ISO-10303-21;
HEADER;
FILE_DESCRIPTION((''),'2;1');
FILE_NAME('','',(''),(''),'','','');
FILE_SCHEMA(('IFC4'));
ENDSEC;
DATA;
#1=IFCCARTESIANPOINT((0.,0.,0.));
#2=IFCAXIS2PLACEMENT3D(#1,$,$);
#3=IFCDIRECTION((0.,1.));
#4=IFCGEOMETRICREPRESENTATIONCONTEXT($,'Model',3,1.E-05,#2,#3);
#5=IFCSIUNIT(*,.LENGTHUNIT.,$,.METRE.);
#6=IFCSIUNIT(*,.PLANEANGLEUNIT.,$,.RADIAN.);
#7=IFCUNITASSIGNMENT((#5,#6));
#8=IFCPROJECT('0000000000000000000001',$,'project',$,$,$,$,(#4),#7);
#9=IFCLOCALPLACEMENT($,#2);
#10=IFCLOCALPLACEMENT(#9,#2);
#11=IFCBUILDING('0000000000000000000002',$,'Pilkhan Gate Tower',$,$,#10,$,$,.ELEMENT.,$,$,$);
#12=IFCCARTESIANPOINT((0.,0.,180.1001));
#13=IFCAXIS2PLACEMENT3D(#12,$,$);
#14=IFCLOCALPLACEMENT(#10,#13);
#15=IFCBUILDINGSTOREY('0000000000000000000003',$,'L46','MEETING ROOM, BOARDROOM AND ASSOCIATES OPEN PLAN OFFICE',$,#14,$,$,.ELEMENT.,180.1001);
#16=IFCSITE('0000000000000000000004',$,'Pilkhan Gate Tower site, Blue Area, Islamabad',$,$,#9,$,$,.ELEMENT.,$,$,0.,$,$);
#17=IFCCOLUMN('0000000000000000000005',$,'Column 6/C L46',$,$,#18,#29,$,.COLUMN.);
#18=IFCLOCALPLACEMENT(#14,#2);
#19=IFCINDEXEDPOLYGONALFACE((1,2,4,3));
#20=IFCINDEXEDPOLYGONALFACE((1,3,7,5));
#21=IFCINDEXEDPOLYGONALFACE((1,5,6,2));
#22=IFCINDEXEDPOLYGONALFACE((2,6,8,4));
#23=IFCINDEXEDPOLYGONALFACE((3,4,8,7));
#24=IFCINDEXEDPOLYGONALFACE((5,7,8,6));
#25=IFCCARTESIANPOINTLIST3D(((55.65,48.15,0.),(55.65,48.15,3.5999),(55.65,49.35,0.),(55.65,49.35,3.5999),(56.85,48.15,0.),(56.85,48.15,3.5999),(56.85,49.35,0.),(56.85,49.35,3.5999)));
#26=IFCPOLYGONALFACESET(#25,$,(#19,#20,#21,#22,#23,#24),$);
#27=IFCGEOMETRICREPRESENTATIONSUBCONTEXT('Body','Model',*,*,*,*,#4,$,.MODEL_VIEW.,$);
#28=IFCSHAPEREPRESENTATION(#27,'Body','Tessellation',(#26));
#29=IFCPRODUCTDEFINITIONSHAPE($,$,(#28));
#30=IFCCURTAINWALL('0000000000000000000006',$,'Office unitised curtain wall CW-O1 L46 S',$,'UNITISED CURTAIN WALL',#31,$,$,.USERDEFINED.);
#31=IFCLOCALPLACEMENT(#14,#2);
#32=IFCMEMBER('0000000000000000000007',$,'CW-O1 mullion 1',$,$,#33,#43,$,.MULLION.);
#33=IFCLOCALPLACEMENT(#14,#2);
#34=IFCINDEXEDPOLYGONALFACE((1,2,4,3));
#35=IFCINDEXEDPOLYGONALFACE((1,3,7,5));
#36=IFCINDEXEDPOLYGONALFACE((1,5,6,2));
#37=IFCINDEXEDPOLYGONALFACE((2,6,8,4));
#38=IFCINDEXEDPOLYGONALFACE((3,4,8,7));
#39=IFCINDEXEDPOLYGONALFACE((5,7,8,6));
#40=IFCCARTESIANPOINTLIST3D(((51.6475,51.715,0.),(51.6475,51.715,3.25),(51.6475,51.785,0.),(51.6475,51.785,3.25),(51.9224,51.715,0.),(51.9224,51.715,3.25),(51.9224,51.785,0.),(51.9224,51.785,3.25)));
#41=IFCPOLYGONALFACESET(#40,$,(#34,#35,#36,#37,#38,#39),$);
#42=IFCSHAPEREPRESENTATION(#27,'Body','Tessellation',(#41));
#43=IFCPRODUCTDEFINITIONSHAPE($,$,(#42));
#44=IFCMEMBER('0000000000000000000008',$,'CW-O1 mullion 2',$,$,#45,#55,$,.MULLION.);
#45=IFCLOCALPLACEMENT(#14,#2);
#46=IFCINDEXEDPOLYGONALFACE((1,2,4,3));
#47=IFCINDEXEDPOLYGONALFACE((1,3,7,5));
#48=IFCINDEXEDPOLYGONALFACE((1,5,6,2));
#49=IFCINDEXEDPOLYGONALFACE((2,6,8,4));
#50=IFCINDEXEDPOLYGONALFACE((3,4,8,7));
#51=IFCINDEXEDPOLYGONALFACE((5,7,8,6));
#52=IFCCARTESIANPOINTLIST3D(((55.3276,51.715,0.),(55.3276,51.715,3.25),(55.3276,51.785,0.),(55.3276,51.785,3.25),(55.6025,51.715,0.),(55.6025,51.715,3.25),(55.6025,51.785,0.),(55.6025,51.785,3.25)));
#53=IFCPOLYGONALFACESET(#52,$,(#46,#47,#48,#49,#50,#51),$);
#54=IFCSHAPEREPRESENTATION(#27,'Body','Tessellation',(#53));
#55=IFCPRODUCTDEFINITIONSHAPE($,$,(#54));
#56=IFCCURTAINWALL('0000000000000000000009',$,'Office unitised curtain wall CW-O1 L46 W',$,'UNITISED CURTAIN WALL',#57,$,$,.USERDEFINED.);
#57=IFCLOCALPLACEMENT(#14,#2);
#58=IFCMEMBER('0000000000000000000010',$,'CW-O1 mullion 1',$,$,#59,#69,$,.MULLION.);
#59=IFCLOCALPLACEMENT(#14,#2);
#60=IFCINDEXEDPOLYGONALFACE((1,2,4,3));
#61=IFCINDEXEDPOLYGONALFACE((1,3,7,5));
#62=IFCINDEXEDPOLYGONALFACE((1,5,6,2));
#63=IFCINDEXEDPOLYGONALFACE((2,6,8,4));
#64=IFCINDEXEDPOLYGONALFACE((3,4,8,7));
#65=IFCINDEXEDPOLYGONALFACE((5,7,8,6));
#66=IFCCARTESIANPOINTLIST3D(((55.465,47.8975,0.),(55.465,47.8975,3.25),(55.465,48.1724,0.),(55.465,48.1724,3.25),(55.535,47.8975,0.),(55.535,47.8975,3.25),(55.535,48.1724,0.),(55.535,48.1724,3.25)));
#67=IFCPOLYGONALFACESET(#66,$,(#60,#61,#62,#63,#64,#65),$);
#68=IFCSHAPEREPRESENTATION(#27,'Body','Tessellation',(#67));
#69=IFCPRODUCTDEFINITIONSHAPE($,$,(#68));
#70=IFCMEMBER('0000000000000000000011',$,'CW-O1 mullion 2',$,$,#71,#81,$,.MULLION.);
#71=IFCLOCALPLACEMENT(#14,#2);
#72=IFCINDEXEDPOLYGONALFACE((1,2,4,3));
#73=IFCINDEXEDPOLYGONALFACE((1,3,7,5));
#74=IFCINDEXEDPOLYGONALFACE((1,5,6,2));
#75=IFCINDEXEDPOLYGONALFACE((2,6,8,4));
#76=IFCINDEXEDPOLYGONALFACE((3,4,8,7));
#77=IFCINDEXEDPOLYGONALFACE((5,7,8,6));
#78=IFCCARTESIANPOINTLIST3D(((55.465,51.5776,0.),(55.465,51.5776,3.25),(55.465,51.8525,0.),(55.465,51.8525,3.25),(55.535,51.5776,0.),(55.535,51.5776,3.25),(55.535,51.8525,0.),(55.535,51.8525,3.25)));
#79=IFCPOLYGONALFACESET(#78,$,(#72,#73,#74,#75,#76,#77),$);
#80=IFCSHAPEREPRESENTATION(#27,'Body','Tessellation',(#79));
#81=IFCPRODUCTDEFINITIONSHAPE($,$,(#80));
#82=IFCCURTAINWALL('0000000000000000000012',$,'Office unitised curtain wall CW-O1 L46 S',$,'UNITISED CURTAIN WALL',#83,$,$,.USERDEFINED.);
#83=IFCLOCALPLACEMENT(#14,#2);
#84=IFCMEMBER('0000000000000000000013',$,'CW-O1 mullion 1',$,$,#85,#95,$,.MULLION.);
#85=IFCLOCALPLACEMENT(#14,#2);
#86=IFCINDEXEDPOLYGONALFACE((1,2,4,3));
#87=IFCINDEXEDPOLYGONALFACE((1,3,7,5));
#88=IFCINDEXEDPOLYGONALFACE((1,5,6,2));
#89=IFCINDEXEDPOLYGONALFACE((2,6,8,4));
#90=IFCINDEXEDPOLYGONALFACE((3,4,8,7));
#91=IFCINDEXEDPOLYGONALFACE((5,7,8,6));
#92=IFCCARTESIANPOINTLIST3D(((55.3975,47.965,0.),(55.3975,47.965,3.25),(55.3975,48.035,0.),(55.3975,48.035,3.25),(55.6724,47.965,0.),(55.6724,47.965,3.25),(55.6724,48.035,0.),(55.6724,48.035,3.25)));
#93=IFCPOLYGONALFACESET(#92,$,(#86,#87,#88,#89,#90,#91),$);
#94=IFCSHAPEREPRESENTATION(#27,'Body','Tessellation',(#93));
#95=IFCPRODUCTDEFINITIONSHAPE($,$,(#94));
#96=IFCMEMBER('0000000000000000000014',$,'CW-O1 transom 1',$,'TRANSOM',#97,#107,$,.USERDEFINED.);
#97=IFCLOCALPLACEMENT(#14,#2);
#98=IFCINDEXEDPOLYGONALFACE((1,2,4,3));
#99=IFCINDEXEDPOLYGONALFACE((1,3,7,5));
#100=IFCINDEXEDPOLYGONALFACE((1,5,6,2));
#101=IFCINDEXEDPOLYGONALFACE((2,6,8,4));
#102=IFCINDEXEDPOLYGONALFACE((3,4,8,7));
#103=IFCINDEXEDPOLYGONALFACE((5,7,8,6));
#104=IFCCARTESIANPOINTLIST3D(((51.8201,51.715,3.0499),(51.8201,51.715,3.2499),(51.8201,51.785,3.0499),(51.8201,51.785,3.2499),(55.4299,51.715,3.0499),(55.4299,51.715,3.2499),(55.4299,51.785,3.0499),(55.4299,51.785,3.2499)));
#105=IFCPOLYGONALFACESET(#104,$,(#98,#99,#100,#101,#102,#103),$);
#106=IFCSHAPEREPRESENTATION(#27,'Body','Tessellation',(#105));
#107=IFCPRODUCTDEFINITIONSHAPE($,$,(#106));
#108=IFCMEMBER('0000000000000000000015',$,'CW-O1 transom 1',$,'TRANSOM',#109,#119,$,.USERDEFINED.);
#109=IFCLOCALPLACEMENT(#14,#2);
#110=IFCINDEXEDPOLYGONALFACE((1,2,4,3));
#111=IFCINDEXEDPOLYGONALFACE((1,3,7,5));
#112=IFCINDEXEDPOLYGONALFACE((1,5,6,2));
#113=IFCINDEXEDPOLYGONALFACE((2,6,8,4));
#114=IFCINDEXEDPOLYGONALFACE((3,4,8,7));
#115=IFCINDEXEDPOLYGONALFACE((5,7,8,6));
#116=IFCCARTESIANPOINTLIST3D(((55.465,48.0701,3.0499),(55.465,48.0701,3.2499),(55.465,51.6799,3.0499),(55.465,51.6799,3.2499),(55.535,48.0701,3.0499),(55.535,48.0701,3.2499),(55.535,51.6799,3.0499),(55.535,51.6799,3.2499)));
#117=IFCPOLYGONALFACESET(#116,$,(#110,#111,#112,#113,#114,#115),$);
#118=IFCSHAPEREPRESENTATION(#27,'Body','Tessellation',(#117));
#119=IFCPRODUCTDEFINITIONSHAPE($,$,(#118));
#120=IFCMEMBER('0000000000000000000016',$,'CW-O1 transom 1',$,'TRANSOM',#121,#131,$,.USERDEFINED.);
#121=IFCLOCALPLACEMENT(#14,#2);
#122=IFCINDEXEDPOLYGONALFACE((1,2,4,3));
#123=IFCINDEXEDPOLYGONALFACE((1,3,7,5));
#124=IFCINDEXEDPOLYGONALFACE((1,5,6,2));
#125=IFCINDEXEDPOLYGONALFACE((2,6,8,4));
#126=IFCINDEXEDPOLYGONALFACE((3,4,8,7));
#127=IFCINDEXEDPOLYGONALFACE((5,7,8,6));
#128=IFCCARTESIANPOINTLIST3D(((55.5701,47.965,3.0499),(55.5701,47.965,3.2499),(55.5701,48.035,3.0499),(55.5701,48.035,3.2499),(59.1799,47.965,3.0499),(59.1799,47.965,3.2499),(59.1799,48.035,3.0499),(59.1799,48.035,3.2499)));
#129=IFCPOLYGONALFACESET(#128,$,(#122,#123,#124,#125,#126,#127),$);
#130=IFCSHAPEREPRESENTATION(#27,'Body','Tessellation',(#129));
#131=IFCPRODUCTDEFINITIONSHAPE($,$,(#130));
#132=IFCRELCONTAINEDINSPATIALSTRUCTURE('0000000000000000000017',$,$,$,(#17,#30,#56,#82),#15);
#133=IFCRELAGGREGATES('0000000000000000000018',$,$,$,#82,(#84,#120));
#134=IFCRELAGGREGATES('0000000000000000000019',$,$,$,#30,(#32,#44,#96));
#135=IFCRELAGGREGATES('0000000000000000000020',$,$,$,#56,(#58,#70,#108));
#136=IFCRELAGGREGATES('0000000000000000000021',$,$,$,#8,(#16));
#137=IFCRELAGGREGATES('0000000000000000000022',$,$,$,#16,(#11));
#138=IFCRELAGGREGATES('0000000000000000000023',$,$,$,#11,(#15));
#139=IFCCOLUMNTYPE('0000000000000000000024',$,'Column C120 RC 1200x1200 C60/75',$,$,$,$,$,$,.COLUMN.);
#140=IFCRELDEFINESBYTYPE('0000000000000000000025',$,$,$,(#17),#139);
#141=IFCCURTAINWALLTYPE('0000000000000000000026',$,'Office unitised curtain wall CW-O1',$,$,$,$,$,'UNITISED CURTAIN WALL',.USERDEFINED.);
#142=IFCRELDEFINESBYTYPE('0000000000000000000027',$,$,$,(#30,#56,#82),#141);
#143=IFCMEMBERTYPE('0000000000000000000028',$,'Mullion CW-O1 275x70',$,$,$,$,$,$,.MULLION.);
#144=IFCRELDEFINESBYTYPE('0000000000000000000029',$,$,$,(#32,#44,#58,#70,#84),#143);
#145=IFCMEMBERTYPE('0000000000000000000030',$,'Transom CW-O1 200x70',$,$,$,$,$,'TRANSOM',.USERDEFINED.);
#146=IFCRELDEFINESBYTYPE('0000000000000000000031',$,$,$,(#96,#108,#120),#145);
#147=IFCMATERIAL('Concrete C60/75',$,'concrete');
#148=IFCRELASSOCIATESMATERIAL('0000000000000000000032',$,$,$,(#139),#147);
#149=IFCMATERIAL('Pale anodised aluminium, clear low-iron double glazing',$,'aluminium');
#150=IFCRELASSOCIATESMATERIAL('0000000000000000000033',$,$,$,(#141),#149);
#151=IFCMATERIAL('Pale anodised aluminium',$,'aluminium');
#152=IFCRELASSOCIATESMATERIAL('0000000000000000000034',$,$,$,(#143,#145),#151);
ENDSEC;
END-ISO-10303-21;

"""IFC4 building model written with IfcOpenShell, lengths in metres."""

from ifc_helpers import new_model, si_unit, direction, frame, origin, origin_2d, place, context, subcontext, project, spatial, rectangle, extrude, material, material_profile, profile_set, type_object, element, aggregate, save


model = new_model("IFC4")

# Units and contexts
model_context = context("Model", 3, precision=1e-05, world=origin(), true_north=direction((0.0, 1.0)))
body_context = subcontext(model_context, "Body", "Model", "MODEL_VIEW")
ifc_project = project(units=[si_unit("LENGTHUNIT", "METRE"), si_unit("PLANEANGLEUNIT", "RADIAN")], contexts=[model_context])

# Site, building, storey
site_placement = place(None, origin())
site = spatial("IfcSite", under=ifc_project, at=site_placement, Name="Pilkhan Gate Tower site, Blue Area, Islamabad", CompositionType="ELEMENT", RefElevation=0.0)
building_placement = place(site_placement, origin())
building = spatial("IfcBuilding", under=site, at=building_placement, Name="Pilkhan Gate Tower", CompositionType="ELEMENT")
storey_placement = place(building_placement, frame((0.0, 0.0, 180.1001)))
storey = spatial("IfcBuildingStorey", under=building, at=storey_placement, Name="L46", Description="MEETING ROOM, BOARDROOM AND ASSOCIATES OPEN PLAN OFFICE", CompositionType="ELEMENT", Elevation=180.1001)

# Column
ifc_material_1 = material(Name="Concrete C60/75", Category="concrete")
ifc_material_profile_1 = material_profile(ifc_material_1, rectangle(XDim=1.2, YDim=1.2, at=origin_2d()), Name="RC 1200x1200")
ifc_profile_set_1 = profile_set([ifc_material_profile_1], Name="Concrete C60/75")
column_type = type_object("IfcColumnType", Name="Column C120 RC 1200x1200 C60/75", PredefinedType="COLUMN", material=ifc_profile_set_1)
column_placement = place(storey_placement, frame((56.25, 48.75, 0.0), z_axis=(0.0, 0.0, 1.0), x_axis=(1.0, 0.0, 0.0)))
element("IfcColumn", 1, at=column_placement, inside=storey, type_object=column_type, Name="Column 6/C L46", PredefinedType="COLUMN", context=body_context, shape_type="SweptSolid", body=[
    extrude(rectangle(XDim=1.2, YDim=1.2, at=origin_2d()), origin(), (0.0, 0.0, 1.0), 3.5999),
])

# Curtain walls, members
ifc_material_2 = material(Name="Pale anodised aluminium, clear low-iron double glazing", Category="aluminium")
curtain_wall_type = type_object("IfcCurtainWallType", Name="Office unitised curtain wall CW-O1", ElementType="UNITISED CURTAIN WALL", PredefinedType="USERDEFINED", material=ifc_material_2)
curtain_wall_1_placement = place(storey_placement, origin())
curtain_wall_1 = element("IfcCurtainWall", 2, at=curtain_wall_1_placement, inside=storey, type_object=curtain_wall_type, Name="Office unitised curtain wall CW-O1 L46 S", ObjectType="UNITISED CURTAIN WALL", PredefinedType="USERDEFINED")
ifc_material_3 = material(Name="Pale anodised aluminium", Category="aluminium")
ifc_material_profile_2 = material_profile(ifc_material_3, rectangle(XDim=0.0701, YDim=0.2749, at=origin_2d()), Name="Mullion 275x70")
ifc_profile_set_2 = profile_set([ifc_material_profile_2], Name="Pale anodised aluminium")
member_type_1 = type_object("IfcMemberType", Name="Mullion CW-O1 275x70", PredefinedType="MULLION", material=ifc_profile_set_2)
member_1_placement = place(storey_placement, frame((51.7849, 51.75, 0.0), z_axis=(0.0, 0.0, 1.0), x_axis=(0.0, 1.0, 0.0)))
member_1 = element("IfcMember", 3, at=member_1_placement, type_object=member_type_1, Name="CW-O1 mullion 1", PredefinedType="MULLION", context=body_context, shape_type="SweptSolid", body=[
    extrude(rectangle(XDim=0.0701, YDim=0.2749, at=origin_2d()), origin(), (0.0, 0.0, 1.0), 3.25),
])
member_2_placement = place(storey_placement, frame((55.4651, 51.75, 0.0), z_axis=(0.0, 0.0, 1.0), x_axis=(0.0, 1.0, 0.0)))
member_2 = element("IfcMember", 4, at=member_2_placement, type_object=member_type_1, Name="CW-O1 mullion 2", PredefinedType="MULLION", context=body_context, shape_type="SweptSolid", body=[
    extrude(rectangle(XDim=0.0701, YDim=0.2749, at=origin_2d()), origin(), (0.0, 0.0, 1.0), 3.25),
])
curtain_wall_2_placement = place(storey_placement, origin())
curtain_wall_2 = element("IfcCurtainWall", 5, at=curtain_wall_2_placement, inside=storey, type_object=curtain_wall_type, Name="Office unitised curtain wall CW-O1 L46 W", ObjectType="UNITISED CURTAIN WALL", PredefinedType="USERDEFINED")
member_3_placement = place(storey_placement, frame((55.5, 48.0349, 0.0), z_axis=(0.0, 0.0, 1.0), x_axis=(-1.0, 0.0, 0.0)))
member_3 = element("IfcMember", 6, at=member_3_placement, type_object=member_type_1, Name="CW-O1 mullion 1", PredefinedType="MULLION", context=body_context, shape_type="SweptSolid", body=[
    extrude(rectangle(XDim=0.0701, YDim=0.2749, at=origin_2d()), origin(), (0.0, 0.0, 1.0), 3.25),
])
member_4_placement = place(storey_placement, frame((55.5, 51.7151, 0.0), z_axis=(0.0, 0.0, 1.0), x_axis=(-1.0, 0.0, 0.0)))
member_4 = element("IfcMember", 7, at=member_4_placement, type_object=member_type_1, Name="CW-O1 mullion 2", PredefinedType="MULLION", context=body_context, shape_type="SweptSolid", body=[
    extrude(rectangle(XDim=0.0701, YDim=0.2749, at=origin_2d()), origin(), (0.0, 0.0, 1.0), 3.25),
])

# Curtain wall, member
curtain_wall_3_placement = place(storey_placement, origin())
curtain_wall_3 = element("IfcCurtainWall", 8, at=curtain_wall_3_placement, inside=storey, type_object=curtain_wall_type, Name="Office unitised curtain wall CW-O1 L46 S", ObjectType="UNITISED CURTAIN WALL", PredefinedType="USERDEFINED")
member_5_placement = place(storey_placement, frame((55.5349, 48.0, 0.0), z_axis=(0.0, 0.0, 1.0), x_axis=(0.0, 1.0, 0.0)))
member_5 = element("IfcMember", 9, at=member_5_placement, type_object=member_type_1, Name="CW-O1 mullion 1", PredefinedType="MULLION", context=body_context, shape_type="SweptSolid", body=[
    extrude(rectangle(XDim=0.0701, YDim=0.2749, at=origin_2d()), origin(), (0.0, 0.0, 1.0), 3.25),
])

# Members
ifc_material_profile_3 = material_profile(ifc_material_3, rectangle(XDim=0.0701, YDim=0.2, at=origin_2d()), Name="Transom 200x70")
ifc_profile_set_3 = profile_set([ifc_material_profile_3], Name="Pale anodised aluminium")
member_type_2 = type_object("IfcMemberType", Name="Transom CW-O1 200x70", ElementType="TRANSOM", PredefinedType="USERDEFINED", material=ifc_profile_set_3)
member_6_placement = place(storey_placement, frame((51.8201, 51.75, 3.1499), z_axis=(1.0, 0.0, 0.0), x_axis=(0.0, 1.0, 0.0)))
member_6 = element("IfcMember", 10, at=member_6_placement, type_object=member_type_2, Name="CW-O1 transom 1", ObjectType="TRANSOM", PredefinedType="USERDEFINED", context=body_context, shape_type="SweptSolid", body=[
    extrude(rectangle(XDim=0.0701, YDim=0.2, at=origin_2d()), origin(), (0.0, 0.0, 1.0), 3.6099),
])
member_7_placement = place(storey_placement, frame((55.5, 48.0701, 3.1499), z_axis=(0.0, 1.0, 0.0), x_axis=(-1.0, 0.0, 0.0)))
member_7 = element("IfcMember", 11, at=member_7_placement, type_object=member_type_2, Name="CW-O1 transom 1", ObjectType="TRANSOM", PredefinedType="USERDEFINED", context=body_context, shape_type="SweptSolid", body=[
    extrude(rectangle(XDim=0.0701, YDim=0.2, at=origin_2d()), origin(), (0.0, 0.0, 1.0), 3.6099),
])
member_8_placement = place(storey_placement, frame((55.5701, 48.0, 3.1499), z_axis=(1.0, 0.0, 0.0), x_axis=(0.0, 1.0, 0.0)))
member_8 = element("IfcMember", 12, at=member_8_placement, type_object=member_type_2, Name="CW-O1 transom 1", ObjectType="TRANSOM", PredefinedType="USERDEFINED", context=body_context, shape_type="SweptSolid", body=[
    extrude(rectangle(XDim=0.0701, YDim=0.2, at=origin_2d()), origin(), (0.0, 0.0, 1.0), 3.6099),
])
aggregate(curtain_wall_3, [member_5, member_8])

aggregate(curtain_wall_1, [member_1, member_2, member_6])
aggregate(curtain_wall_2, [member_3, member_4, member_7])

save(model, "model.ifc")
